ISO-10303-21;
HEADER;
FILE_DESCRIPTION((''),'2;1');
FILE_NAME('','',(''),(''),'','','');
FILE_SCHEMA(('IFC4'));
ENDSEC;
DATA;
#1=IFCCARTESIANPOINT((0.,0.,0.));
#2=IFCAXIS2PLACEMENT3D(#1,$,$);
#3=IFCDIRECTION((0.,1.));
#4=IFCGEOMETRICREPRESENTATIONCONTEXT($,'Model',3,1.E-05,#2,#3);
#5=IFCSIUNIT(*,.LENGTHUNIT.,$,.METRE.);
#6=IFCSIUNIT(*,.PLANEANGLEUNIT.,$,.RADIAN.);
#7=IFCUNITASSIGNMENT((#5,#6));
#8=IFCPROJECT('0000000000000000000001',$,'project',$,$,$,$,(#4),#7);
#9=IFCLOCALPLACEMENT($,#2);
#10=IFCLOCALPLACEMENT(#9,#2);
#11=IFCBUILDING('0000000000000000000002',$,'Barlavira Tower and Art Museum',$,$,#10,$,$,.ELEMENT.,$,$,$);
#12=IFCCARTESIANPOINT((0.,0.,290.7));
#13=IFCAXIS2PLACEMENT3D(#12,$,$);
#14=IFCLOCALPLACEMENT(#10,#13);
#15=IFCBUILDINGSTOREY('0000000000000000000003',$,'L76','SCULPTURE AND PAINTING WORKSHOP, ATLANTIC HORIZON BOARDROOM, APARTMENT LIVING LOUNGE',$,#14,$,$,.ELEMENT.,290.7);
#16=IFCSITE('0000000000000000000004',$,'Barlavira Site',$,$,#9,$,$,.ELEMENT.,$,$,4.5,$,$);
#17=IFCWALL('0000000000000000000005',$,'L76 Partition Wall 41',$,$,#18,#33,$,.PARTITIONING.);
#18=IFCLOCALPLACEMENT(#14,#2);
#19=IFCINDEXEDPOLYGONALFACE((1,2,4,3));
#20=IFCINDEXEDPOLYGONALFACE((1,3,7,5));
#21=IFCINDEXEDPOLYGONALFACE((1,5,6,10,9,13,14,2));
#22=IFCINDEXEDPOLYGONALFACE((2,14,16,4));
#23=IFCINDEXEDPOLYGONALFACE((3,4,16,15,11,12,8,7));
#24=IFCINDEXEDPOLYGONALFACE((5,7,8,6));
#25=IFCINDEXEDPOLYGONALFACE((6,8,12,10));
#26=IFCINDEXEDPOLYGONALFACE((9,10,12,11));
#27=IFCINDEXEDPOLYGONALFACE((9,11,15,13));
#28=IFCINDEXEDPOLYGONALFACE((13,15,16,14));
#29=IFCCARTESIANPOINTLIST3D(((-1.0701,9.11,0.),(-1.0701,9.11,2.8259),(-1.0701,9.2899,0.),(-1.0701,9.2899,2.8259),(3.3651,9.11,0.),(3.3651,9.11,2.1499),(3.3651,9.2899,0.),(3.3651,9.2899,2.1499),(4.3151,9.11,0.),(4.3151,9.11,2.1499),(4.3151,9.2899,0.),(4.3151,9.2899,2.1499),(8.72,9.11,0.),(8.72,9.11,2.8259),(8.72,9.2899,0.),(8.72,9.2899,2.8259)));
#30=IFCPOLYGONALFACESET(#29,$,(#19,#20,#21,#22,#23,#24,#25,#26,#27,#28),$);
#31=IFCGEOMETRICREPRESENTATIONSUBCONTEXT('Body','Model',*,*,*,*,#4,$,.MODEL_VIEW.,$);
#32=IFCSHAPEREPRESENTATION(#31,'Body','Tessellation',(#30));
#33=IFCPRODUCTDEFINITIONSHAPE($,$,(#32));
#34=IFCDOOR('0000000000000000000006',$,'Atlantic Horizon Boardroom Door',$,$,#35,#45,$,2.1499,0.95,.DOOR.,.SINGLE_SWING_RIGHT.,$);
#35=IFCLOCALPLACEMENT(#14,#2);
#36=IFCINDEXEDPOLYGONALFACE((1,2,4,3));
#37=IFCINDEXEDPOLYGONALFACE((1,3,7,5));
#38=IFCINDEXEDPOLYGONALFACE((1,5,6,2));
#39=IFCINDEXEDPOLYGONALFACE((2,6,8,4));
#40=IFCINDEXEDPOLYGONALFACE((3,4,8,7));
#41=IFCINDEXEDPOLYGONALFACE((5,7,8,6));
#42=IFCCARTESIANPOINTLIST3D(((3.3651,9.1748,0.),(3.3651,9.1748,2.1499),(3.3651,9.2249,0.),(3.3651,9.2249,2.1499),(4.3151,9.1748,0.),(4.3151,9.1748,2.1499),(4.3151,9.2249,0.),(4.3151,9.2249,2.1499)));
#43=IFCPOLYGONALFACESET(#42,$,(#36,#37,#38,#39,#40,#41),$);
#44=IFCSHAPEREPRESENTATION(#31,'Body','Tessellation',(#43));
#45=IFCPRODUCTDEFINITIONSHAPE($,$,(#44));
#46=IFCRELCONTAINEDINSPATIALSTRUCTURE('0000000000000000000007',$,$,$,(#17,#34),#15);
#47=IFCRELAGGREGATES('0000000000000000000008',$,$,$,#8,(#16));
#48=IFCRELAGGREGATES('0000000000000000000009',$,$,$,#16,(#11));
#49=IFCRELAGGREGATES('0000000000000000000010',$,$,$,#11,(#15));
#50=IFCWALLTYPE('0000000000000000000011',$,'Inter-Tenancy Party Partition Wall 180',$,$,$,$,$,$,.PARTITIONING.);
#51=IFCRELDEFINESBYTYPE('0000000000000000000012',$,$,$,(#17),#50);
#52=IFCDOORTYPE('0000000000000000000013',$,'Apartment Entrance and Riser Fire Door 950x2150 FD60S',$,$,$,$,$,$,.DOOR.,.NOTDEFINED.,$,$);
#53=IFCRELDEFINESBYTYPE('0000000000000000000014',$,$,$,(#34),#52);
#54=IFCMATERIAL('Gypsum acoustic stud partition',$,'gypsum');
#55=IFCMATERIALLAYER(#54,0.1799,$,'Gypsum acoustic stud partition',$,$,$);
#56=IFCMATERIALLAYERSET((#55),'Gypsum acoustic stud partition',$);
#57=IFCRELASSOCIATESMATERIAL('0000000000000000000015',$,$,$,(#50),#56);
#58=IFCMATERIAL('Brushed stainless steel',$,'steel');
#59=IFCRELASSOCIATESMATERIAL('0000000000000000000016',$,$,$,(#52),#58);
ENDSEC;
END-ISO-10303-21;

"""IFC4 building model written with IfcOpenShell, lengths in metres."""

from ifc_helpers import new_model, si_unit, direction, frame, frame_2d, origin, place, context, subcontext, project, spatial, rectangle, extrude, material, layer, layer_set, type_object, element, fill, save


model = new_model("IFC4")

# Units and contexts
model_context = context("Model", 3, precision=1e-05, world=origin(), true_north=direction((0.0, 1.0)))
body_context = subcontext(model_context, "Body", "Model", "MODEL_VIEW")
ifc_project = project(units=[si_unit("LENGTHUNIT", "METRE"), si_unit("PLANEANGLEUNIT", "RADIAN")], contexts=[model_context])

# Site, building, storey
site_placement = place(None, origin())
site = spatial("IfcSite", under=ifc_project, at=site_placement, Name="Barlavira Site", CompositionType="ELEMENT", RefElevation=4.5)
building_placement = place(site_placement, origin())
building = spatial("IfcBuilding", under=site, at=building_placement, Name="Barlavira Tower and Art Museum", CompositionType="ELEMENT")
storey_placement = place(building_placement, frame((0.0, 0.0, 290.7)))
storey = spatial("IfcBuildingStorey", under=building, at=storey_placement, Name="L76", Description="SCULPTURE AND PAINTING WORKSHOP, ATLANTIC HORIZON BOARDROOM, APARTMENT LIVING LOUNGE", CompositionType="ELEMENT", Elevation=290.7)

# Wall, opening, door
ifc_material_1 = material(Name="Gypsum acoustic stud partition", Category="gypsum")
ifc_layer_1 = layer(ifc_material_1, 0.1799, Name="Gypsum acoustic stud partition")
ifc_layer_set_1 = layer_set([ifc_layer_1], Name="Gypsum acoustic stud partition")
wall_type = type_object("IfcWallType", Name="Inter-Tenancy Party Partition Wall 180", PredefinedType="PARTITIONING", material=ifc_layer_set_1)
wall_placement = place(storey_placement, frame((-1.0701, 9.2, 0.0), z_axis=(0.0, 0.0, 1.0), x_axis=(1.0, 0.0, 0.0)))
wall = element("IfcWall", 1, at=wall_placement, inside=storey, type_object=wall_type, Name="L76 Partition Wall 41", PredefinedType="PARTITIONING", context=body_context, shape_type="SweptSolid", body=[
    extrude(rectangle(XDim=9.79, YDim=0.1799, at=frame_2d((4.895, 0.0))), origin(), (0.0, 0.0, 1.0), 2.8259),
])
opening_placement = place(wall_placement, frame((4.4351, 0.0, 0.0)))
opening = element("IfcOpeningElement", 2, at=opening_placement, cuts=wall, PredefinedType="OPENING", context=body_context, shape_type="SweptSolid", body=[
    extrude(rectangle(XDim=0.95, YDim=2.1499, at=frame_2d((0.4751, 1.075))), frame((0.0, 0.1001, 0.0), z_axis=(0.0, -1.0, 0.0), x_axis=(1.0, 0.0, 0.0)), (0.0, 0.0, 1.0), 0.2),
])
ifc_material_2 = material(Name="Brushed stainless steel", Category="steel")
door_type = type_object("IfcDoorType", Name="Apartment Entrance and Riser Fire Door 950x2150 FD60S", OperationType="NOTDEFINED", PredefinedType="DOOR", material=ifc_material_2)
door_placement = place(opening_placement, origin())
door = element("IfcDoor", 3, at=door_placement, inside=storey, type_object=door_type, Name="Atlantic Horizon Boardroom Door", OperationType="SINGLE_SWING_RIGHT", OverallHeight=2.1499, OverallWidth=0.95, PredefinedType="DOOR", context=body_context, shape_type="SweptSolid", body=[
    extrude(rectangle(XDim=0.95, YDim=2.1499, at=frame_2d((0.4751, 1.075))), frame((0.0, 0.0249, 0.0), z_axis=(0.0, -1.0, 0.0), x_axis=(1.0, 0.0, 0.0)), (0.0, 0.0, 1.0), 0.05),
])
fill(opening, door)

save(model, "model.ifc")
